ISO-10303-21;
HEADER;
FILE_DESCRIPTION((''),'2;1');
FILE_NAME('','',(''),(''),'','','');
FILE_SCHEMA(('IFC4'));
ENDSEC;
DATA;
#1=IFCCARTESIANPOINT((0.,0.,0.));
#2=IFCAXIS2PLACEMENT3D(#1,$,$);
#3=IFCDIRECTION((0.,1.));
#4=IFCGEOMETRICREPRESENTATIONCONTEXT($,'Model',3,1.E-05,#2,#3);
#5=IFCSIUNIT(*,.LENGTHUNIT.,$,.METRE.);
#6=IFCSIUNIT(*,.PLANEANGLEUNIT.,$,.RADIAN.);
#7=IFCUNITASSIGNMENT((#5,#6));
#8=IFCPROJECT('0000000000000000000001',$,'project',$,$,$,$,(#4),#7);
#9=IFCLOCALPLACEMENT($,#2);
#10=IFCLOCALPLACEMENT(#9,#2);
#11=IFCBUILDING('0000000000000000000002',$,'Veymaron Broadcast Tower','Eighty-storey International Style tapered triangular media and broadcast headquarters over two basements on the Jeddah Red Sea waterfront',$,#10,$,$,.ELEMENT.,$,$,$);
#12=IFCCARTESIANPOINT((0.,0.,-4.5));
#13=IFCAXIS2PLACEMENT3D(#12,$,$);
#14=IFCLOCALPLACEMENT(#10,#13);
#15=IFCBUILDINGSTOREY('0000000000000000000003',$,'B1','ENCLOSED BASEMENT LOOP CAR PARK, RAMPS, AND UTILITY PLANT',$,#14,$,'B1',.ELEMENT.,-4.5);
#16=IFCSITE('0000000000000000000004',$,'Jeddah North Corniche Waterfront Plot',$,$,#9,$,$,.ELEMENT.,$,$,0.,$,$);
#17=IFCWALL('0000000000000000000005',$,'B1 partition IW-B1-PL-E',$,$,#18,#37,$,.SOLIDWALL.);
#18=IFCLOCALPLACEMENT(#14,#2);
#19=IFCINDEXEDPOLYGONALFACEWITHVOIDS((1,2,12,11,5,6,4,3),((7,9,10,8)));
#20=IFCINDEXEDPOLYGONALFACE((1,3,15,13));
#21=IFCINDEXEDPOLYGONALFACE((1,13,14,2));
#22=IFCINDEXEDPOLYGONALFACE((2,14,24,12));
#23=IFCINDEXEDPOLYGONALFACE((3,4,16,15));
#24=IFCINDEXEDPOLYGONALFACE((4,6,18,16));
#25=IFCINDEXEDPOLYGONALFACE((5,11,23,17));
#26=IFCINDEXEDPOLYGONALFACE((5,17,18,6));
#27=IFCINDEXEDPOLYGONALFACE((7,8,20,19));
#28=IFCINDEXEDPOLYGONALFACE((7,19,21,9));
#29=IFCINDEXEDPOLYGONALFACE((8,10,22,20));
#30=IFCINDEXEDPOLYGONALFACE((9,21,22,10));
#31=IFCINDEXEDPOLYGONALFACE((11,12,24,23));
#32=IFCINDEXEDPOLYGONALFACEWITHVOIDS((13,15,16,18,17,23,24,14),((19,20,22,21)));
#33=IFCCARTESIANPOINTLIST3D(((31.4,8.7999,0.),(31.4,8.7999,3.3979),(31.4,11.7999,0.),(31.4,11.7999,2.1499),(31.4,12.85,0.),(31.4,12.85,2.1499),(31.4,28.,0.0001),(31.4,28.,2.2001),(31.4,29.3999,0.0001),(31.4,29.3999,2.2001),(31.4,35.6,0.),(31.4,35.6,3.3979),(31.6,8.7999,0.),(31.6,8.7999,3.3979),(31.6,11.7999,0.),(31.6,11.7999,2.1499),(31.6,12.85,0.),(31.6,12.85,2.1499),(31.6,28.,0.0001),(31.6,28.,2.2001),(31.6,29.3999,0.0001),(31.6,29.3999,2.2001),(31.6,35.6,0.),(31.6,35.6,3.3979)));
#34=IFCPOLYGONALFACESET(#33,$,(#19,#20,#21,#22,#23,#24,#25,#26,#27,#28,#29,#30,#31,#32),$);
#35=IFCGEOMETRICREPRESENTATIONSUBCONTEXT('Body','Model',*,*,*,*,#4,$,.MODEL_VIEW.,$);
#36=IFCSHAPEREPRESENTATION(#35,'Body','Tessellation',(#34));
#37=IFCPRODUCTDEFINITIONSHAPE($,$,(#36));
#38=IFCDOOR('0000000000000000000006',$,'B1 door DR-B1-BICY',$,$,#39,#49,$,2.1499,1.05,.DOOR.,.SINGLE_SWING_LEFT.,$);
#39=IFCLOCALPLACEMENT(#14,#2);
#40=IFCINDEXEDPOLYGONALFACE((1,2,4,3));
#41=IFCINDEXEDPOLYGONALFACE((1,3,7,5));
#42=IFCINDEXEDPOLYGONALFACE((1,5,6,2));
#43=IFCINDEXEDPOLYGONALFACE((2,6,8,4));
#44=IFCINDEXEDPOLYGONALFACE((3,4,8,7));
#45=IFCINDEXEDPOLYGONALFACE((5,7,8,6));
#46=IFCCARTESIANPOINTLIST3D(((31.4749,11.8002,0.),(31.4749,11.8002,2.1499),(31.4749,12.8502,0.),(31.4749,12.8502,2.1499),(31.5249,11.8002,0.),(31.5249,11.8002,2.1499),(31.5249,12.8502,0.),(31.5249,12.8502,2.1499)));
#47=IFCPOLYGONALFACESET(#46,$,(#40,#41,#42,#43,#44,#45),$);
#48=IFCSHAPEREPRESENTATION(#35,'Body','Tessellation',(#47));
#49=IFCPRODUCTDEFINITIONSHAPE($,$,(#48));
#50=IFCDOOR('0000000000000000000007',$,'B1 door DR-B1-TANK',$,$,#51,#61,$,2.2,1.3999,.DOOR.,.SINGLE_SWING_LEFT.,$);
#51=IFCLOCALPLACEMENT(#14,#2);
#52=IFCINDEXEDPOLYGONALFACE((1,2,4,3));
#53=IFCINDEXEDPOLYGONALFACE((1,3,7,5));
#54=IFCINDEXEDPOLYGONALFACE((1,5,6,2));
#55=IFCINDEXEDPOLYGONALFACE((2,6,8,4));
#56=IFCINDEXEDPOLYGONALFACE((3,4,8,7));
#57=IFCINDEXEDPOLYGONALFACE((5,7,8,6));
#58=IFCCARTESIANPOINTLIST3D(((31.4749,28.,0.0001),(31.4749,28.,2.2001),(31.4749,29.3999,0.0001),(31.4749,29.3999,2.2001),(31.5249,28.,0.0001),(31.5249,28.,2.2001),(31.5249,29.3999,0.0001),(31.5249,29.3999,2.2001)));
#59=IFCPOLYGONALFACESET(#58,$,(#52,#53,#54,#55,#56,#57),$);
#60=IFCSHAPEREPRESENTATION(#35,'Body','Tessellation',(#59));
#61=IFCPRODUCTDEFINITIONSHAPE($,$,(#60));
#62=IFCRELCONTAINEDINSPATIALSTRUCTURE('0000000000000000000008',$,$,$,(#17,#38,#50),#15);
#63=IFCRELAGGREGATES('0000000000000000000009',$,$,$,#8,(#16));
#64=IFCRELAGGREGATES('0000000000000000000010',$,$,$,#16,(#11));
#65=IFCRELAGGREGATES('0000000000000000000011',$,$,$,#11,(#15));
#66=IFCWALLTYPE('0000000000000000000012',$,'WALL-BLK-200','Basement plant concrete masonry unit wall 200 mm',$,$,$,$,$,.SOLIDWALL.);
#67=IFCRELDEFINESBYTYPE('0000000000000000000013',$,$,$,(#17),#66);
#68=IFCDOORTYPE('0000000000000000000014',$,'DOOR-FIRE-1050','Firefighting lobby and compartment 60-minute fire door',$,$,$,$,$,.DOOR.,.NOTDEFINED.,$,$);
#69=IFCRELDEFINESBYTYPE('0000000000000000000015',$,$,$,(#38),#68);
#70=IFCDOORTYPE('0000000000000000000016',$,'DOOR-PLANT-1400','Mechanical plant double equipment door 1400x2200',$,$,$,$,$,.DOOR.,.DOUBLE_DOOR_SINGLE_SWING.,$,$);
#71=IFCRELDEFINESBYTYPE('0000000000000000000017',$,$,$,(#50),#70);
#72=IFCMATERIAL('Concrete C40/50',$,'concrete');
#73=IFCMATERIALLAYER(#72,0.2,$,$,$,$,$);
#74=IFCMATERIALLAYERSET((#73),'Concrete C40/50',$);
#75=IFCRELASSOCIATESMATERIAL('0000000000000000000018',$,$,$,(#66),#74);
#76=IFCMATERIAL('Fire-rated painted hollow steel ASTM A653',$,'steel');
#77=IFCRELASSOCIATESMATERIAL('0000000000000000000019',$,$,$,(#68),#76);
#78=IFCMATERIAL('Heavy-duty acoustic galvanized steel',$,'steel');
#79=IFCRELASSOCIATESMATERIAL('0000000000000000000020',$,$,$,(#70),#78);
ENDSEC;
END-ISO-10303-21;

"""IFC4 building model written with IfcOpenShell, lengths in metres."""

from ifc_helpers import new_model, si_unit, direction, frame, frame_2d, origin, place, context, subcontext, project, spatial, rectangle, extrude, material, layer, layer_set, type_object, element, fill, save


model = new_model("IFC4")

# Units and contexts
model_context = context("Model", 3, precision=1e-05, world=origin(), true_north=direction((0.0, 1.0)))
body_context = subcontext(model_context, "Body", "Model", "MODEL_VIEW")
ifc_project = project(units=[si_unit("LENGTHUNIT", "METRE"), si_unit("PLANEANGLEUNIT", "RADIAN")], contexts=[model_context])

# Site, building, storey
site_placement = place(None, origin())
site = spatial("IfcSite", under=ifc_project, at=site_placement, Name="Jeddah North Corniche Waterfront Plot", CompositionType="ELEMENT", RefElevation=0.0)
building_placement = place(site_placement, origin())
building = spatial("IfcBuilding", under=site, at=building_placement, Name="Veymaron Broadcast Tower", Description="Eighty-storey International Style tapered triangular media and broadcast headquarters over two basements on the Jeddah Red Sea waterfront", CompositionType="ELEMENT")
storey_placement = place(building_placement, frame((0.0, 0.0, -4.5)))
storey = spatial("IfcBuildingStorey", under=building, at=storey_placement, Name="B1", Description="ENCLOSED BASEMENT LOOP CAR PARK, RAMPS, AND UTILITY PLANT", LongName="B1", CompositionType="ELEMENT", Elevation=-4.5)

# Shared definitions
ifc_material_1 = material(Name="Concrete C40/50", Category="concrete")

# Wall, openings, doors
ifc_layer_1 = layer(ifc_material_1, 0.2)
ifc_layer_set_1 = layer_set([ifc_layer_1], Name="Concrete C40/50")
wall_type = type_object("IfcWallType", Name="WALL-BLK-200", Description="Basement plant concrete masonry unit wall 200 mm", PredefinedType="SOLIDWALL", material=ifc_layer_set_1)
wall_placement = place(storey_placement, frame((31.5, 8.8, 0.0), z_axis=(0.0, 0.0, 1.0), x_axis=(0.0, 1.0, 0.0)))
wall = element("IfcWall", 1, at=wall_placement, inside=storey, type_object=wall_type, Name="B1 partition IW-B1-PL-E", PredefinedType="SOLIDWALL", context=body_context, shape_type="SweptSolid", body=[
    extrude(rectangle(XDim=26.8, YDim=0.2, at=frame_2d((13.3999, 0.0))), origin(), (0.0, 0.0, 1.0), 3.3979),
])
opening_1_placement = place(wall_placement, frame((3.0, 0.0, 0.0)))
opening_1 = element("IfcOpeningElement", 2, at=opening_1_placement, cuts=wall, PredefinedType="OPENING", context=body_context, shape_type="SweptSolid", body=[
    extrude(rectangle(XDim=1.05, YDim=2.1499, at=frame_2d((0.5249, 1.075))), frame((0.0, 0.1099, 0.0), z_axis=(0.0, -1.0, 0.0), x_axis=(1.0, 0.0, 0.0)), (0.0, 0.0, 1.0), 0.22),
])
opening_2_placement = place(wall_placement, frame((19.2, 0.0, 0.0)))
opening_2 = element("IfcOpeningElement", 3, at=opening_2_placement, cuts=wall, PredefinedType="OPENING", context=body_context, shape_type="SweptSolid", body=[
    extrude(rectangle(XDim=1.3999, YDim=2.2, at=frame_2d((0.7, 1.1001))), frame((0.0, 0.1099, 0.0), z_axis=(0.0, -1.0, 0.0), x_axis=(1.0, 0.0, 0.0)), (0.0, 0.0, 1.0), 0.22),
])
ifc_material_2 = material(Name="Fire-rated painted hollow steel ASTM A653", Category="steel")
door_type_1 = type_object("IfcDoorType", Name="DOOR-FIRE-1050", Description="Firefighting lobby and compartment 60-minute fire door", OperationType="NOTDEFINED", PredefinedType="DOOR", material=ifc_material_2)
door_1_placement = place(opening_1_placement, frame((1.05, 0.0, 0.0), z_axis=(0.0, 0.0, 1.0), x_axis=(-1.0, 0.0, 0.0)))
door_1 = element("IfcDoor", 4, at=door_1_placement, inside=storey, type_object=door_type_1, Name="B1 door DR-B1-BICY", OperationType="SINGLE_SWING_LEFT", OverallHeight=2.1499, OverallWidth=1.05, PredefinedType="DOOR", context=body_context, shape_type="SweptSolid", body=[
    extrude(rectangle(XDim=1.05, YDim=2.1499, at=frame_2d((0.5249, 1.075))), frame((0.0, 0.0249, 0.0), z_axis=(0.0, -1.0, 0.0), x_axis=(1.0, 0.0, 0.0)), (0.0, 0.0, 1.0), 0.05),
])
fill(opening_1, door_1)
ifc_material_3 = material(Name="Heavy-duty acoustic galvanized steel", Category="steel")
door_type_2 = type_object("IfcDoorType", Name="DOOR-PLANT-1400", Description="Mechanical plant double equipment door 1400x2200", OperationType="DOUBLE_DOOR_SINGLE_SWING", PredefinedType="DOOR", material=ifc_material_3)
door_2_placement = place(opening_2_placement, frame((1.3999, 0.0, 0.0), z_axis=(0.0, 0.0, 1.0), x_axis=(-1.0, 0.0, 0.0)))
door_2 = element("IfcDoor", 5, at=door_2_placement, inside=storey, type_object=door_type_2, Name="B1 door DR-B1-TANK", OperationType="SINGLE_SWING_LEFT", OverallHeight=2.2, OverallWidth=1.3999, PredefinedType="DOOR", context=body_context, shape_type="SweptSolid", body=[
    extrude(rectangle(XDim=1.3999, YDim=2.2, at=frame_2d((0.7, 1.1001))), frame((0.0, 0.0249, 0.0), z_axis=(0.0, -1.0, 0.0), x_axis=(1.0, 0.0, 0.0)), (0.0, 0.0, 1.0), 0.05),
])
fill(opening_2, door_2)

save(model, "model.ifc")
